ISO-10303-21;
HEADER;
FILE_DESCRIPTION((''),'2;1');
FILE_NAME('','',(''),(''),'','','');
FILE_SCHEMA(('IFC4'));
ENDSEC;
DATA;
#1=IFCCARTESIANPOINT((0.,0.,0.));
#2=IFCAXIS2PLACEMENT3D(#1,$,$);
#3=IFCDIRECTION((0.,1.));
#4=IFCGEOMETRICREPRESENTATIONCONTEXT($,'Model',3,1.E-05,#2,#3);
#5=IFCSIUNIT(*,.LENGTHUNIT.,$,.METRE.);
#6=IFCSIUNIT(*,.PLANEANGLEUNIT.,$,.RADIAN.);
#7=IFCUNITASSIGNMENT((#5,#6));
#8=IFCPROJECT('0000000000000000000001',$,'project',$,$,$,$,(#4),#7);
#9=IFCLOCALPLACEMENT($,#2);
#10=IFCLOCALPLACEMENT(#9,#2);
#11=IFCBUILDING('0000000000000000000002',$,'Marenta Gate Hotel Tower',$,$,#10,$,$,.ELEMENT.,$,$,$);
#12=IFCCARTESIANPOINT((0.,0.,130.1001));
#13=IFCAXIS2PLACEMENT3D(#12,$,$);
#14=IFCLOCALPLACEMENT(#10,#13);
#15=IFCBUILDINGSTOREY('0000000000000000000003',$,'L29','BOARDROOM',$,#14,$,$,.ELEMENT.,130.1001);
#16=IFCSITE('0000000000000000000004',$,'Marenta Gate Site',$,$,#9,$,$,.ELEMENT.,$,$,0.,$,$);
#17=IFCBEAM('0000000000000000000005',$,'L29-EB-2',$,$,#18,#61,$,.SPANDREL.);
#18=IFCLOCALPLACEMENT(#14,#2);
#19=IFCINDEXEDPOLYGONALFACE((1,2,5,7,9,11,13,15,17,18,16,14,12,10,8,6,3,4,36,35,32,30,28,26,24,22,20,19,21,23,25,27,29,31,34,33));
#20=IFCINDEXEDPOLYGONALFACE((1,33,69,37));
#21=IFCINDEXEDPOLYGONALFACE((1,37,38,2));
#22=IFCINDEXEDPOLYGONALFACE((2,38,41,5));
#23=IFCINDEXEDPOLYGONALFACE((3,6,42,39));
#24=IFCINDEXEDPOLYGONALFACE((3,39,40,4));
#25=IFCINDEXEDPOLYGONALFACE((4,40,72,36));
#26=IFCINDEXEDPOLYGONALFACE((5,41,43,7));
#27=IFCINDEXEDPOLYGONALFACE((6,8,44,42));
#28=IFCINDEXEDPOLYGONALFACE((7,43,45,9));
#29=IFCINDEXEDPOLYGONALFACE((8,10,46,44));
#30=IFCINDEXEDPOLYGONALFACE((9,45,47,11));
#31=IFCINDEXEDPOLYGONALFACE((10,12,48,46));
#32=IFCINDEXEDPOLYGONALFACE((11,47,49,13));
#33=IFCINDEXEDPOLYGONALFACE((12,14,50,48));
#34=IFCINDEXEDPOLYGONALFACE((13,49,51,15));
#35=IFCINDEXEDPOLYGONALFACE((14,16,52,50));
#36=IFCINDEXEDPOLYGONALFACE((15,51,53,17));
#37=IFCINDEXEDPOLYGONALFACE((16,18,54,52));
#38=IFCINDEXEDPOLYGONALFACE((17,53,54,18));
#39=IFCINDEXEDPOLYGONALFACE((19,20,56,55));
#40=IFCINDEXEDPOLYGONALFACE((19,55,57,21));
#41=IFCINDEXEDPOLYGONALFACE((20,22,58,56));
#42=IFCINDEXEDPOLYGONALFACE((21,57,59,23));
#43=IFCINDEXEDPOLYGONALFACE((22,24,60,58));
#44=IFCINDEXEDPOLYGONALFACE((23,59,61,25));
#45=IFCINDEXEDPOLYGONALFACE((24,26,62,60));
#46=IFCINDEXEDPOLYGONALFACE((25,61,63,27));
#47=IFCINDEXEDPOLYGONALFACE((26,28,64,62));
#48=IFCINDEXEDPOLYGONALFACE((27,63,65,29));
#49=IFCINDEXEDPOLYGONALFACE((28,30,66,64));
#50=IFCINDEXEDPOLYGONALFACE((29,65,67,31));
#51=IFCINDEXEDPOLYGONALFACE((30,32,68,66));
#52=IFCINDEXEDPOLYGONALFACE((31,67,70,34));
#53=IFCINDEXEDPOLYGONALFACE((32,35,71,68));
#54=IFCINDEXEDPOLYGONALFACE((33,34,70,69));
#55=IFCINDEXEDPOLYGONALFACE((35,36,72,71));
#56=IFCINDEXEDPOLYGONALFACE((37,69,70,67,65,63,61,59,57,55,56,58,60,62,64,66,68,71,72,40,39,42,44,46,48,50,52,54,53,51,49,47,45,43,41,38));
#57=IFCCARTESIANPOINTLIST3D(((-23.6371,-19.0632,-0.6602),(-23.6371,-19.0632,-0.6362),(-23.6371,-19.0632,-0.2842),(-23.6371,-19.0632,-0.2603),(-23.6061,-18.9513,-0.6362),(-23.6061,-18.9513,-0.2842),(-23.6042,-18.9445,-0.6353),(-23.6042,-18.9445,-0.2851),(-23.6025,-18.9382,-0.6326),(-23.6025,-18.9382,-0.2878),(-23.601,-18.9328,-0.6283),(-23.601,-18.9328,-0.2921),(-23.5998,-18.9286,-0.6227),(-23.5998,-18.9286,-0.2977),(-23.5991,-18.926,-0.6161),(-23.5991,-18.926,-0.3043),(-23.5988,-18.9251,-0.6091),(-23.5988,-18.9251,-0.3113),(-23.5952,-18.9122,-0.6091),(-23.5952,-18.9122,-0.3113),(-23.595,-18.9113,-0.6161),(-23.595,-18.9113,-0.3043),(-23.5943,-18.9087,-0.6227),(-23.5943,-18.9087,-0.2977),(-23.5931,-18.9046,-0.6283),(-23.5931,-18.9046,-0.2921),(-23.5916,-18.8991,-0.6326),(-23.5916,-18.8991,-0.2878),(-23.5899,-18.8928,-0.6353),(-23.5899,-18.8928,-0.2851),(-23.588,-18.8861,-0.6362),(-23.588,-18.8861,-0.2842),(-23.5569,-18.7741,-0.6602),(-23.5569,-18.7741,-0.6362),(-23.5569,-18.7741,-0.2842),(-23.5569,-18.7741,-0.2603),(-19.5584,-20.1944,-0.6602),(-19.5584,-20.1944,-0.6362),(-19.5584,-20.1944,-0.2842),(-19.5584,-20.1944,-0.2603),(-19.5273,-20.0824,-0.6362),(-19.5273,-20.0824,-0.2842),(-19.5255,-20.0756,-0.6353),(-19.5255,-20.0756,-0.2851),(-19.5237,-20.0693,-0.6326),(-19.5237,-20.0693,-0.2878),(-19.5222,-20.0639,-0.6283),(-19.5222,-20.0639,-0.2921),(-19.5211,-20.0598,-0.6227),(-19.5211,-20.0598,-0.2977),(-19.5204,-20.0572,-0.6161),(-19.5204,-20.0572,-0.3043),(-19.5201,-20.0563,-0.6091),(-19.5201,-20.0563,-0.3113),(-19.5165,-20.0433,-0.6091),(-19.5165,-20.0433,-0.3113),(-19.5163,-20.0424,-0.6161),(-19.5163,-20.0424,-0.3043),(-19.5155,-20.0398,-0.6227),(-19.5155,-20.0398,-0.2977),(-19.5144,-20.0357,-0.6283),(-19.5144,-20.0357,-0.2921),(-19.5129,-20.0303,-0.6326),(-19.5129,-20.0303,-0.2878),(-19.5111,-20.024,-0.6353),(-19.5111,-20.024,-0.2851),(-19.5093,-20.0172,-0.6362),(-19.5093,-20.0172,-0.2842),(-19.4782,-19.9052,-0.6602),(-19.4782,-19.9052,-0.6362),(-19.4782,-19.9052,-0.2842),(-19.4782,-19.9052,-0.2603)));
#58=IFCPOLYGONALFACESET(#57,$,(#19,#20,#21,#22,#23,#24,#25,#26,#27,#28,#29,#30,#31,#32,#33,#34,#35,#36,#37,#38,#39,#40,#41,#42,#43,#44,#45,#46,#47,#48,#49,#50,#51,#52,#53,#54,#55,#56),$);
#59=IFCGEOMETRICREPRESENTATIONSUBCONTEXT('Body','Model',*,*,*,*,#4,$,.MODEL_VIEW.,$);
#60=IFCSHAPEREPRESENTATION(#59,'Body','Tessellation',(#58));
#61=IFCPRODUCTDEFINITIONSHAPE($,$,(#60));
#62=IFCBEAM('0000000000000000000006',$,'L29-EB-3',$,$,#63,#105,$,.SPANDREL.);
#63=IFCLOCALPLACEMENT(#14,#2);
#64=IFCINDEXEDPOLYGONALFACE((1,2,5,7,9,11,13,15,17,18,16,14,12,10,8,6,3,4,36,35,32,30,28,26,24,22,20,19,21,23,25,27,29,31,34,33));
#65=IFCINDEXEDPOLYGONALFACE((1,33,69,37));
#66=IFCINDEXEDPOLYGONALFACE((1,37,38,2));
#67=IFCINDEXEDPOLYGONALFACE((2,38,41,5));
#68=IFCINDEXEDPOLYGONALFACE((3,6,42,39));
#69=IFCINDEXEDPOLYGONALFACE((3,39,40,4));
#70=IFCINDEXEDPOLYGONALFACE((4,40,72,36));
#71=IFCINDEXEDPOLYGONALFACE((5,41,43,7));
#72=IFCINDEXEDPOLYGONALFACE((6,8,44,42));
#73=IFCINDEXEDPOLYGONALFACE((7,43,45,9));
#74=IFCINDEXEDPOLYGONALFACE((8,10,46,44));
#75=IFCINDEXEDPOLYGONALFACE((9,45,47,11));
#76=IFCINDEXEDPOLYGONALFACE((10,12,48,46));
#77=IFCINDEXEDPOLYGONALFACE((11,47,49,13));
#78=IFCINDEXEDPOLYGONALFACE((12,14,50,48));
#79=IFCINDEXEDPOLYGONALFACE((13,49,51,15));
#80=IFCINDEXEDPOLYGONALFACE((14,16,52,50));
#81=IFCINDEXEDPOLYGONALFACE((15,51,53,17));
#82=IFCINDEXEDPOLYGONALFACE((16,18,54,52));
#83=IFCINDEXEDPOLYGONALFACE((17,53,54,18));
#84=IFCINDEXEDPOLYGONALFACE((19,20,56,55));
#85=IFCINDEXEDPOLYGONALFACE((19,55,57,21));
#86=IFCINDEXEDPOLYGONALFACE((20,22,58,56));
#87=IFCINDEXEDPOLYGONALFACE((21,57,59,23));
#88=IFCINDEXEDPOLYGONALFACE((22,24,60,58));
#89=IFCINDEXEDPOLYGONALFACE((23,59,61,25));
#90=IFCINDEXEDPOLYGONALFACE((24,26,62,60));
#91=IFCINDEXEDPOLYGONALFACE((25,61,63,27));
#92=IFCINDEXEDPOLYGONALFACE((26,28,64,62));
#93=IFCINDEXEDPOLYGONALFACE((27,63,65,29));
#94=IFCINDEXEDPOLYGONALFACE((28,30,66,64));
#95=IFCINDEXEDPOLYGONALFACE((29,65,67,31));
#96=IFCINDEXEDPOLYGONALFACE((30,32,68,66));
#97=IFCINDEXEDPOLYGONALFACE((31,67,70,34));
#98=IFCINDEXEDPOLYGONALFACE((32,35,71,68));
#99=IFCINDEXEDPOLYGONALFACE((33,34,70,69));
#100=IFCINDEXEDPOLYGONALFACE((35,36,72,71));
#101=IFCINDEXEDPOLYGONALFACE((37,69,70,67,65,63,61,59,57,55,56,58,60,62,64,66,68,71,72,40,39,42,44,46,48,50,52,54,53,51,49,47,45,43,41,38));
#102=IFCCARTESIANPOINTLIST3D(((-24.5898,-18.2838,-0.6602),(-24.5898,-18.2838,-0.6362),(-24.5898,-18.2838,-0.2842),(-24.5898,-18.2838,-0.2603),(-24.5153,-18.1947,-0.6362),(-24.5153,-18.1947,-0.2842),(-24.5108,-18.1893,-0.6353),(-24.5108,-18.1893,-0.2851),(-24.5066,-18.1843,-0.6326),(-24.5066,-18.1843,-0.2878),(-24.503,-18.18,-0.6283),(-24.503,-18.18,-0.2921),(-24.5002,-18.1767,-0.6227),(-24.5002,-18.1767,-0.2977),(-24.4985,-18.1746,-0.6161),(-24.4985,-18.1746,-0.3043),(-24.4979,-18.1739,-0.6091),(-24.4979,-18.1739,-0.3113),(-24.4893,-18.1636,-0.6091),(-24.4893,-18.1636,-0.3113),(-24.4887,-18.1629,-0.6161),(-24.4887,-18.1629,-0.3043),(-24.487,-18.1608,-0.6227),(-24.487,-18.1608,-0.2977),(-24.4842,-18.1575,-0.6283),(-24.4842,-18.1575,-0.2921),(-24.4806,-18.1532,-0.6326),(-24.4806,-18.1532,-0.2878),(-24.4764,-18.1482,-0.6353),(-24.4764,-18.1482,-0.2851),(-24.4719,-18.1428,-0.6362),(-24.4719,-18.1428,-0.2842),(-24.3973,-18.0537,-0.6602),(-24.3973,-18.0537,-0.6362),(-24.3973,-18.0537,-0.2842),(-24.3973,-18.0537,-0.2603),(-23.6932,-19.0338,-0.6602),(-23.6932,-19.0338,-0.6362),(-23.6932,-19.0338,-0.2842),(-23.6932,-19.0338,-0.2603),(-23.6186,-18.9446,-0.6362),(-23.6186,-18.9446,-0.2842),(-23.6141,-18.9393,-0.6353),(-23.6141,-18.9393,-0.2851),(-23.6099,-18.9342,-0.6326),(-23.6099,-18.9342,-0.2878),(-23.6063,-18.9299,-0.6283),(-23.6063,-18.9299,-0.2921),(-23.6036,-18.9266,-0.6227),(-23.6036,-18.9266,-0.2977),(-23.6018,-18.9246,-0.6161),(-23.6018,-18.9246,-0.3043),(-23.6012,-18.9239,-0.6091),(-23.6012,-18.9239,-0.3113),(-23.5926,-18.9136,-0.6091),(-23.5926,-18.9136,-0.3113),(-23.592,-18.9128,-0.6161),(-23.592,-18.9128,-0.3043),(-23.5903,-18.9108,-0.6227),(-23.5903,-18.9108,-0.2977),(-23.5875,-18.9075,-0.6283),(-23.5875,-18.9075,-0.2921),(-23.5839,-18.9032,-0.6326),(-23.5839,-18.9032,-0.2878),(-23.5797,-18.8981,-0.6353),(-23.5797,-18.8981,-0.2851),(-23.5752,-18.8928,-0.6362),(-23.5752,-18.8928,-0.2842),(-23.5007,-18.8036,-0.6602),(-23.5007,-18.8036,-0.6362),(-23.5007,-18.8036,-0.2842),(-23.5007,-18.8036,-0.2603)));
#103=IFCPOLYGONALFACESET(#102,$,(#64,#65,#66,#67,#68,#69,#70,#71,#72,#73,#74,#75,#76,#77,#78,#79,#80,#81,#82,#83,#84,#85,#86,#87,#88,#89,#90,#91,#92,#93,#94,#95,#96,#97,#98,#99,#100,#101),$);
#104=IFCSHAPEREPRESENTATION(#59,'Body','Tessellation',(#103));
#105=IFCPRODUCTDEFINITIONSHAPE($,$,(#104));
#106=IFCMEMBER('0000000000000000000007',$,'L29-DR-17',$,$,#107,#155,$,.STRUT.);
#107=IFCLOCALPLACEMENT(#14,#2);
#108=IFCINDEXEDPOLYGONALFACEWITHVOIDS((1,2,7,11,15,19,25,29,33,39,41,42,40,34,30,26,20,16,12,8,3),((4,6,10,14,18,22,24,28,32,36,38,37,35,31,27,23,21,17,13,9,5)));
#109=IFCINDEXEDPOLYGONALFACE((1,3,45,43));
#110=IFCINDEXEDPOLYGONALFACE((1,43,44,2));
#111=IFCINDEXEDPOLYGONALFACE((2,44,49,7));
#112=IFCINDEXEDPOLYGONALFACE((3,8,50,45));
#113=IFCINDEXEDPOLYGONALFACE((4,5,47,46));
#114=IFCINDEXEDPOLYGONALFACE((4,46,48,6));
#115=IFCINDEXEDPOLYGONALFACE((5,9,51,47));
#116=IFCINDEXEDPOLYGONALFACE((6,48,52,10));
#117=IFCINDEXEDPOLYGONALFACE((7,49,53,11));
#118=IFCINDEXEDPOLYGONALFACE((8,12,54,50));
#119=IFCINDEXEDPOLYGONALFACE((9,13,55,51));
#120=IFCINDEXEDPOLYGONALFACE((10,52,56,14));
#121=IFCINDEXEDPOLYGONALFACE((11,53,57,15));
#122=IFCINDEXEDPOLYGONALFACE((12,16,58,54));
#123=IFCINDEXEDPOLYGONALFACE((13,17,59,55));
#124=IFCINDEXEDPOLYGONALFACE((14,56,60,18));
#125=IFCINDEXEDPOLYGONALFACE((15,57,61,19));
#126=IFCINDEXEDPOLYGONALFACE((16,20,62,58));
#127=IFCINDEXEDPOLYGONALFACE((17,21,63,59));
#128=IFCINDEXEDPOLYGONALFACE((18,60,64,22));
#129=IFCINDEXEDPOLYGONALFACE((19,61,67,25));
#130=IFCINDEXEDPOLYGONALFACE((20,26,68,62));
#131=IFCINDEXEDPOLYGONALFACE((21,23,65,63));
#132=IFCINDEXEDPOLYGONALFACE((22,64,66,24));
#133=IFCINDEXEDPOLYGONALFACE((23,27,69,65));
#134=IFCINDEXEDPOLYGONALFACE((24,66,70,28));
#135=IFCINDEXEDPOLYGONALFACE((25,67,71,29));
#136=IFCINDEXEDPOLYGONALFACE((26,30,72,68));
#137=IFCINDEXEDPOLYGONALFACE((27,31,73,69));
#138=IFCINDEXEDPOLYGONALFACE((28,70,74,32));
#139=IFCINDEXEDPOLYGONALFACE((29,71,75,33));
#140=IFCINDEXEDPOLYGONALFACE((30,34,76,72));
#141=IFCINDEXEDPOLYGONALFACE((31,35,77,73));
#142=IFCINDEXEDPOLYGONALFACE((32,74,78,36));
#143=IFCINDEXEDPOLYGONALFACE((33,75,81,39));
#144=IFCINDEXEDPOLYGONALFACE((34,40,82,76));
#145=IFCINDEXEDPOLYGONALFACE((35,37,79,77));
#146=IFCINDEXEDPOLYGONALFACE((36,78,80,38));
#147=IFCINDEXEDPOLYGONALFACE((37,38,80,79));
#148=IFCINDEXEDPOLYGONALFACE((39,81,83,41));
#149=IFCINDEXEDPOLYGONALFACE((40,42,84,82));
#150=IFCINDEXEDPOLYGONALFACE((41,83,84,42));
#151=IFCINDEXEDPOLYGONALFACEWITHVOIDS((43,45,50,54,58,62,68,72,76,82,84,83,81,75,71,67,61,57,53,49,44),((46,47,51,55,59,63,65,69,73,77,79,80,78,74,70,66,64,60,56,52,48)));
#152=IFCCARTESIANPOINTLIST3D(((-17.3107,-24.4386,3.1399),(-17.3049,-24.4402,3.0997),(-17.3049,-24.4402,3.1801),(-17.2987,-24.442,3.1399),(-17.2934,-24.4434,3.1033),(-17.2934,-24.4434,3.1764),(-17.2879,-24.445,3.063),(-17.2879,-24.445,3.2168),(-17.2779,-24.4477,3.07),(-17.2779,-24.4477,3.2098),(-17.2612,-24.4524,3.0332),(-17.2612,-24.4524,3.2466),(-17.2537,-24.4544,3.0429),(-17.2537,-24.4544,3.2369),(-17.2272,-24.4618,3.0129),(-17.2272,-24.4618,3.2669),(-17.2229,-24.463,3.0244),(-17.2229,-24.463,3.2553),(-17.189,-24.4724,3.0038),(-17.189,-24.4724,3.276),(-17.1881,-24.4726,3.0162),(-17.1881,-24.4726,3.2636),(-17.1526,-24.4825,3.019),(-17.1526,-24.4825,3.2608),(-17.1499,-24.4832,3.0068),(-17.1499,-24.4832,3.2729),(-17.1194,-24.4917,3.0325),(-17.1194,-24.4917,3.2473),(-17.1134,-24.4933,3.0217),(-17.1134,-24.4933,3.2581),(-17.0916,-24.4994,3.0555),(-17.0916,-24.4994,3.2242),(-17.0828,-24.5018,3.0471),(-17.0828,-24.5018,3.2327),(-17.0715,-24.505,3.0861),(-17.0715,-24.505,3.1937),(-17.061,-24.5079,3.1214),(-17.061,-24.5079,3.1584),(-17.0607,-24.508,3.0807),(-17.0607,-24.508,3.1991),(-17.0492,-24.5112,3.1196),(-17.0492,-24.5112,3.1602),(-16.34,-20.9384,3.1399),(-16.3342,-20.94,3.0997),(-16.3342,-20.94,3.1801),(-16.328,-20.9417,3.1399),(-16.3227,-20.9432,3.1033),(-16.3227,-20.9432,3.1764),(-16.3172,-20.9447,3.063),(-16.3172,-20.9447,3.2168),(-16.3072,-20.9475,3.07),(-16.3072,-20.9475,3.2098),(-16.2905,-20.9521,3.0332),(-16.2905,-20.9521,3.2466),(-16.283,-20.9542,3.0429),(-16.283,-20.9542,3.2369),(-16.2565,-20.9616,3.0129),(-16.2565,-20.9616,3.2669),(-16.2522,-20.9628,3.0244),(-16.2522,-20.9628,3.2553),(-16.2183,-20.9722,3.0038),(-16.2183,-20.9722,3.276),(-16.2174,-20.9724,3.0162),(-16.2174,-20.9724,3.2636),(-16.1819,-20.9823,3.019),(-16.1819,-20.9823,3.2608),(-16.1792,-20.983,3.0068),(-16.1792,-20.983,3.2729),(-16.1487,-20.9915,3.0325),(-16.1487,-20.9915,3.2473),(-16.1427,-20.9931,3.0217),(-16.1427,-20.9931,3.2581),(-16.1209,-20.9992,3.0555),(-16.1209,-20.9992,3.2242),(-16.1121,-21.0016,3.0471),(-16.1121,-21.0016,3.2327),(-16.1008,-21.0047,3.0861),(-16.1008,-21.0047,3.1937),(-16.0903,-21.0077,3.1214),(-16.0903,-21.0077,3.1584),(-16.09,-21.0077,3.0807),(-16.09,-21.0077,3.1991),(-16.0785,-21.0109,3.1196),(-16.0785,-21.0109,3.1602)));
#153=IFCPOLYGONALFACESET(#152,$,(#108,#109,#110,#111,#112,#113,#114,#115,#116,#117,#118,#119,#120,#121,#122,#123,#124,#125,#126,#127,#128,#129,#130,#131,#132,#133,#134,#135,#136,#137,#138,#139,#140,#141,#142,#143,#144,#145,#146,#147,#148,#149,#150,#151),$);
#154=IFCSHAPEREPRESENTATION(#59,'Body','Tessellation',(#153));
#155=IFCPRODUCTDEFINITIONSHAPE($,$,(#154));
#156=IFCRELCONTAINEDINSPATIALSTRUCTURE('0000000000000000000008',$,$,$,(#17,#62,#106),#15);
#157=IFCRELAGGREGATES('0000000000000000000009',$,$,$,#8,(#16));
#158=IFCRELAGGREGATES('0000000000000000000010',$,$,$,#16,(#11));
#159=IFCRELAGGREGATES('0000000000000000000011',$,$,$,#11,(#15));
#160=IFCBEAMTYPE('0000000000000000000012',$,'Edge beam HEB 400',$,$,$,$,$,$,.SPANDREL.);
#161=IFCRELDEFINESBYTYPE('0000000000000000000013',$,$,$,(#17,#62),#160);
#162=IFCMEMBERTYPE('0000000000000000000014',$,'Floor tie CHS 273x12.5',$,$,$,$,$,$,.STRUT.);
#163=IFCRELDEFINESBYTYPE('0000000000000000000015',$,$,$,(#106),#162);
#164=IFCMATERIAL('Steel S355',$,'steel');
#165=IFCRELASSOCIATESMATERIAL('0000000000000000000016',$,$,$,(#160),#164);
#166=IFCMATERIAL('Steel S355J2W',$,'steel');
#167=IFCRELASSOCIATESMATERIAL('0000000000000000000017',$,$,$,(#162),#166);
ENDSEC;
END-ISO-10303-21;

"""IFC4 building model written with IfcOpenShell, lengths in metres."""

from ifc_helpers import new_model, si_unit, direction, frame, origin, origin_2d, place, context, subcontext, project, spatial, hollow_circle, i_section, extrude, material, material_profile, profile_set, type_object, element, save


model = new_model("IFC4")

# Units and contexts
model_context = context("Model", 3, precision=1e-05, world=origin(), true_north=direction((0.0, 1.0)))
body_context = subcontext(model_context, "Body", "Model", "MODEL_VIEW")
ifc_project = project(units=[si_unit("LENGTHUNIT", "METRE"), si_unit("PLANEANGLEUNIT", "RADIAN")], contexts=[model_context])

# Site, building, storey
site_placement = place(None, origin())
site = spatial("IfcSite", under=ifc_project, at=site_placement, Name="Marenta Gate Site", CompositionType="ELEMENT", RefElevation=0.0)
building_placement = place(site_placement, origin())
building = spatial("IfcBuilding", under=site, at=building_placement, Name="Marenta Gate Hotel Tower", CompositionType="ELEMENT")
storey_placement = place(building_placement, frame((0.0, 0.0, 130.1001)))
storey = spatial("IfcBuildingStorey", under=building, at=storey_placement, Name="L29", Description="BOARDROOM", CompositionType="ELEMENT", Elevation=130.1001)

# Beams
ifc_material_1 = material(Name="Steel S355", Category="steel")
ifc_material_profile_1 = material_profile(ifc_material_1, i_section(OverallWidth=0.3, OverallDepth=0.3999, WebThickness=0.0134, FlangeThickness=0.0239, FilletRadius=0.0271, at=origin_2d()), Name="HEB 400")
ifc_profile_set_1 = profile_set([ifc_material_profile_1], Name="Steel S355")
beam_type_1 = type_object("IfcBeamType", Name="Edge beam HEB 400", PredefinedType="SPANDREL", material=ifc_profile_set_1)
beam_1_placement = place(storey_placement, frame((-19.5183, -20.0498, -0.4602), z_axis=(-0.96363, 0.267239, 0.0), x_axis=(-0.267239, -0.96363, 0.0)))
element("IfcBeam", 1, at=beam_1_placement, inside=storey, type_object=beam_type_1, Name="L29-EB-2", PredefinedType="SPANDREL", context=body_context, shape_type="SweptSolid", body=[
    extrude(i_section(OverallWidth=0.3, OverallDepth=0.3999, WebThickness=0.0134, FlangeThickness=0.0239, FilletRadius=0.0271, at=origin_2d()), origin(), (0.0, 0.0, 1.0), 4.2327),
])
beam_2_placement = place(storey_placement, frame((-23.5969, -18.9187, -0.4602), z_axis=(-0.767073, 0.64156, 0.0), x_axis=(-0.64156, -0.767073, 0.0)))
element("IfcBeam", 2, at=beam_2_placement, inside=storey, type_object=beam_type_1, Name="L29-EB-3", PredefinedType="SPANDREL", context=body_context, shape_type="SweptSolid", body=[
    extrude(i_section(OverallWidth=0.3, OverallDepth=0.3999, WebThickness=0.0134, FlangeThickness=0.0239, FilletRadius=0.0271, at=origin_2d()), origin(), (0.0, 0.0, 1.0), 1.1689),
])

# Member
ifc_material_2 = material(Name="Steel S355J2W", Category="steel")
ifc_material_profile_2 = material_profile(ifc_material_2, hollow_circle(Radius=0.1365, WallThickness=0.0125, at=origin_2d()), Name="CHS 273x12.5")
ifc_profile_set_2 = profile_set([ifc_material_profile_2], Name="Steel S355J2W")
member_type_1 = type_object("IfcMemberType", Name="Floor tie CHS 273x12.5", PredefinedType="STRUT", material=ifc_profile_set_2)
member_1_placement = place(storey_placement, frame((-17.1792, -24.4751, 3.1399), z_axis=(0.267238, 0.96363, 0.0), x_axis=(-0.96363, 0.267238, 0.0)))
element("IfcMember", 3, at=member_1_placement, inside=storey, type_object=member_type_1, Name="L29-DR-17", PredefinedType="STRUT", context=body_context, shape_type="SweptSolid", body=[
    extrude(hollow_circle(Radius=0.1365, WallThickness=0.0125, at=origin_2d()), origin(), (0.0, 0.0, 1.0), 3.6323),
])

save(model, "model.ifc")
